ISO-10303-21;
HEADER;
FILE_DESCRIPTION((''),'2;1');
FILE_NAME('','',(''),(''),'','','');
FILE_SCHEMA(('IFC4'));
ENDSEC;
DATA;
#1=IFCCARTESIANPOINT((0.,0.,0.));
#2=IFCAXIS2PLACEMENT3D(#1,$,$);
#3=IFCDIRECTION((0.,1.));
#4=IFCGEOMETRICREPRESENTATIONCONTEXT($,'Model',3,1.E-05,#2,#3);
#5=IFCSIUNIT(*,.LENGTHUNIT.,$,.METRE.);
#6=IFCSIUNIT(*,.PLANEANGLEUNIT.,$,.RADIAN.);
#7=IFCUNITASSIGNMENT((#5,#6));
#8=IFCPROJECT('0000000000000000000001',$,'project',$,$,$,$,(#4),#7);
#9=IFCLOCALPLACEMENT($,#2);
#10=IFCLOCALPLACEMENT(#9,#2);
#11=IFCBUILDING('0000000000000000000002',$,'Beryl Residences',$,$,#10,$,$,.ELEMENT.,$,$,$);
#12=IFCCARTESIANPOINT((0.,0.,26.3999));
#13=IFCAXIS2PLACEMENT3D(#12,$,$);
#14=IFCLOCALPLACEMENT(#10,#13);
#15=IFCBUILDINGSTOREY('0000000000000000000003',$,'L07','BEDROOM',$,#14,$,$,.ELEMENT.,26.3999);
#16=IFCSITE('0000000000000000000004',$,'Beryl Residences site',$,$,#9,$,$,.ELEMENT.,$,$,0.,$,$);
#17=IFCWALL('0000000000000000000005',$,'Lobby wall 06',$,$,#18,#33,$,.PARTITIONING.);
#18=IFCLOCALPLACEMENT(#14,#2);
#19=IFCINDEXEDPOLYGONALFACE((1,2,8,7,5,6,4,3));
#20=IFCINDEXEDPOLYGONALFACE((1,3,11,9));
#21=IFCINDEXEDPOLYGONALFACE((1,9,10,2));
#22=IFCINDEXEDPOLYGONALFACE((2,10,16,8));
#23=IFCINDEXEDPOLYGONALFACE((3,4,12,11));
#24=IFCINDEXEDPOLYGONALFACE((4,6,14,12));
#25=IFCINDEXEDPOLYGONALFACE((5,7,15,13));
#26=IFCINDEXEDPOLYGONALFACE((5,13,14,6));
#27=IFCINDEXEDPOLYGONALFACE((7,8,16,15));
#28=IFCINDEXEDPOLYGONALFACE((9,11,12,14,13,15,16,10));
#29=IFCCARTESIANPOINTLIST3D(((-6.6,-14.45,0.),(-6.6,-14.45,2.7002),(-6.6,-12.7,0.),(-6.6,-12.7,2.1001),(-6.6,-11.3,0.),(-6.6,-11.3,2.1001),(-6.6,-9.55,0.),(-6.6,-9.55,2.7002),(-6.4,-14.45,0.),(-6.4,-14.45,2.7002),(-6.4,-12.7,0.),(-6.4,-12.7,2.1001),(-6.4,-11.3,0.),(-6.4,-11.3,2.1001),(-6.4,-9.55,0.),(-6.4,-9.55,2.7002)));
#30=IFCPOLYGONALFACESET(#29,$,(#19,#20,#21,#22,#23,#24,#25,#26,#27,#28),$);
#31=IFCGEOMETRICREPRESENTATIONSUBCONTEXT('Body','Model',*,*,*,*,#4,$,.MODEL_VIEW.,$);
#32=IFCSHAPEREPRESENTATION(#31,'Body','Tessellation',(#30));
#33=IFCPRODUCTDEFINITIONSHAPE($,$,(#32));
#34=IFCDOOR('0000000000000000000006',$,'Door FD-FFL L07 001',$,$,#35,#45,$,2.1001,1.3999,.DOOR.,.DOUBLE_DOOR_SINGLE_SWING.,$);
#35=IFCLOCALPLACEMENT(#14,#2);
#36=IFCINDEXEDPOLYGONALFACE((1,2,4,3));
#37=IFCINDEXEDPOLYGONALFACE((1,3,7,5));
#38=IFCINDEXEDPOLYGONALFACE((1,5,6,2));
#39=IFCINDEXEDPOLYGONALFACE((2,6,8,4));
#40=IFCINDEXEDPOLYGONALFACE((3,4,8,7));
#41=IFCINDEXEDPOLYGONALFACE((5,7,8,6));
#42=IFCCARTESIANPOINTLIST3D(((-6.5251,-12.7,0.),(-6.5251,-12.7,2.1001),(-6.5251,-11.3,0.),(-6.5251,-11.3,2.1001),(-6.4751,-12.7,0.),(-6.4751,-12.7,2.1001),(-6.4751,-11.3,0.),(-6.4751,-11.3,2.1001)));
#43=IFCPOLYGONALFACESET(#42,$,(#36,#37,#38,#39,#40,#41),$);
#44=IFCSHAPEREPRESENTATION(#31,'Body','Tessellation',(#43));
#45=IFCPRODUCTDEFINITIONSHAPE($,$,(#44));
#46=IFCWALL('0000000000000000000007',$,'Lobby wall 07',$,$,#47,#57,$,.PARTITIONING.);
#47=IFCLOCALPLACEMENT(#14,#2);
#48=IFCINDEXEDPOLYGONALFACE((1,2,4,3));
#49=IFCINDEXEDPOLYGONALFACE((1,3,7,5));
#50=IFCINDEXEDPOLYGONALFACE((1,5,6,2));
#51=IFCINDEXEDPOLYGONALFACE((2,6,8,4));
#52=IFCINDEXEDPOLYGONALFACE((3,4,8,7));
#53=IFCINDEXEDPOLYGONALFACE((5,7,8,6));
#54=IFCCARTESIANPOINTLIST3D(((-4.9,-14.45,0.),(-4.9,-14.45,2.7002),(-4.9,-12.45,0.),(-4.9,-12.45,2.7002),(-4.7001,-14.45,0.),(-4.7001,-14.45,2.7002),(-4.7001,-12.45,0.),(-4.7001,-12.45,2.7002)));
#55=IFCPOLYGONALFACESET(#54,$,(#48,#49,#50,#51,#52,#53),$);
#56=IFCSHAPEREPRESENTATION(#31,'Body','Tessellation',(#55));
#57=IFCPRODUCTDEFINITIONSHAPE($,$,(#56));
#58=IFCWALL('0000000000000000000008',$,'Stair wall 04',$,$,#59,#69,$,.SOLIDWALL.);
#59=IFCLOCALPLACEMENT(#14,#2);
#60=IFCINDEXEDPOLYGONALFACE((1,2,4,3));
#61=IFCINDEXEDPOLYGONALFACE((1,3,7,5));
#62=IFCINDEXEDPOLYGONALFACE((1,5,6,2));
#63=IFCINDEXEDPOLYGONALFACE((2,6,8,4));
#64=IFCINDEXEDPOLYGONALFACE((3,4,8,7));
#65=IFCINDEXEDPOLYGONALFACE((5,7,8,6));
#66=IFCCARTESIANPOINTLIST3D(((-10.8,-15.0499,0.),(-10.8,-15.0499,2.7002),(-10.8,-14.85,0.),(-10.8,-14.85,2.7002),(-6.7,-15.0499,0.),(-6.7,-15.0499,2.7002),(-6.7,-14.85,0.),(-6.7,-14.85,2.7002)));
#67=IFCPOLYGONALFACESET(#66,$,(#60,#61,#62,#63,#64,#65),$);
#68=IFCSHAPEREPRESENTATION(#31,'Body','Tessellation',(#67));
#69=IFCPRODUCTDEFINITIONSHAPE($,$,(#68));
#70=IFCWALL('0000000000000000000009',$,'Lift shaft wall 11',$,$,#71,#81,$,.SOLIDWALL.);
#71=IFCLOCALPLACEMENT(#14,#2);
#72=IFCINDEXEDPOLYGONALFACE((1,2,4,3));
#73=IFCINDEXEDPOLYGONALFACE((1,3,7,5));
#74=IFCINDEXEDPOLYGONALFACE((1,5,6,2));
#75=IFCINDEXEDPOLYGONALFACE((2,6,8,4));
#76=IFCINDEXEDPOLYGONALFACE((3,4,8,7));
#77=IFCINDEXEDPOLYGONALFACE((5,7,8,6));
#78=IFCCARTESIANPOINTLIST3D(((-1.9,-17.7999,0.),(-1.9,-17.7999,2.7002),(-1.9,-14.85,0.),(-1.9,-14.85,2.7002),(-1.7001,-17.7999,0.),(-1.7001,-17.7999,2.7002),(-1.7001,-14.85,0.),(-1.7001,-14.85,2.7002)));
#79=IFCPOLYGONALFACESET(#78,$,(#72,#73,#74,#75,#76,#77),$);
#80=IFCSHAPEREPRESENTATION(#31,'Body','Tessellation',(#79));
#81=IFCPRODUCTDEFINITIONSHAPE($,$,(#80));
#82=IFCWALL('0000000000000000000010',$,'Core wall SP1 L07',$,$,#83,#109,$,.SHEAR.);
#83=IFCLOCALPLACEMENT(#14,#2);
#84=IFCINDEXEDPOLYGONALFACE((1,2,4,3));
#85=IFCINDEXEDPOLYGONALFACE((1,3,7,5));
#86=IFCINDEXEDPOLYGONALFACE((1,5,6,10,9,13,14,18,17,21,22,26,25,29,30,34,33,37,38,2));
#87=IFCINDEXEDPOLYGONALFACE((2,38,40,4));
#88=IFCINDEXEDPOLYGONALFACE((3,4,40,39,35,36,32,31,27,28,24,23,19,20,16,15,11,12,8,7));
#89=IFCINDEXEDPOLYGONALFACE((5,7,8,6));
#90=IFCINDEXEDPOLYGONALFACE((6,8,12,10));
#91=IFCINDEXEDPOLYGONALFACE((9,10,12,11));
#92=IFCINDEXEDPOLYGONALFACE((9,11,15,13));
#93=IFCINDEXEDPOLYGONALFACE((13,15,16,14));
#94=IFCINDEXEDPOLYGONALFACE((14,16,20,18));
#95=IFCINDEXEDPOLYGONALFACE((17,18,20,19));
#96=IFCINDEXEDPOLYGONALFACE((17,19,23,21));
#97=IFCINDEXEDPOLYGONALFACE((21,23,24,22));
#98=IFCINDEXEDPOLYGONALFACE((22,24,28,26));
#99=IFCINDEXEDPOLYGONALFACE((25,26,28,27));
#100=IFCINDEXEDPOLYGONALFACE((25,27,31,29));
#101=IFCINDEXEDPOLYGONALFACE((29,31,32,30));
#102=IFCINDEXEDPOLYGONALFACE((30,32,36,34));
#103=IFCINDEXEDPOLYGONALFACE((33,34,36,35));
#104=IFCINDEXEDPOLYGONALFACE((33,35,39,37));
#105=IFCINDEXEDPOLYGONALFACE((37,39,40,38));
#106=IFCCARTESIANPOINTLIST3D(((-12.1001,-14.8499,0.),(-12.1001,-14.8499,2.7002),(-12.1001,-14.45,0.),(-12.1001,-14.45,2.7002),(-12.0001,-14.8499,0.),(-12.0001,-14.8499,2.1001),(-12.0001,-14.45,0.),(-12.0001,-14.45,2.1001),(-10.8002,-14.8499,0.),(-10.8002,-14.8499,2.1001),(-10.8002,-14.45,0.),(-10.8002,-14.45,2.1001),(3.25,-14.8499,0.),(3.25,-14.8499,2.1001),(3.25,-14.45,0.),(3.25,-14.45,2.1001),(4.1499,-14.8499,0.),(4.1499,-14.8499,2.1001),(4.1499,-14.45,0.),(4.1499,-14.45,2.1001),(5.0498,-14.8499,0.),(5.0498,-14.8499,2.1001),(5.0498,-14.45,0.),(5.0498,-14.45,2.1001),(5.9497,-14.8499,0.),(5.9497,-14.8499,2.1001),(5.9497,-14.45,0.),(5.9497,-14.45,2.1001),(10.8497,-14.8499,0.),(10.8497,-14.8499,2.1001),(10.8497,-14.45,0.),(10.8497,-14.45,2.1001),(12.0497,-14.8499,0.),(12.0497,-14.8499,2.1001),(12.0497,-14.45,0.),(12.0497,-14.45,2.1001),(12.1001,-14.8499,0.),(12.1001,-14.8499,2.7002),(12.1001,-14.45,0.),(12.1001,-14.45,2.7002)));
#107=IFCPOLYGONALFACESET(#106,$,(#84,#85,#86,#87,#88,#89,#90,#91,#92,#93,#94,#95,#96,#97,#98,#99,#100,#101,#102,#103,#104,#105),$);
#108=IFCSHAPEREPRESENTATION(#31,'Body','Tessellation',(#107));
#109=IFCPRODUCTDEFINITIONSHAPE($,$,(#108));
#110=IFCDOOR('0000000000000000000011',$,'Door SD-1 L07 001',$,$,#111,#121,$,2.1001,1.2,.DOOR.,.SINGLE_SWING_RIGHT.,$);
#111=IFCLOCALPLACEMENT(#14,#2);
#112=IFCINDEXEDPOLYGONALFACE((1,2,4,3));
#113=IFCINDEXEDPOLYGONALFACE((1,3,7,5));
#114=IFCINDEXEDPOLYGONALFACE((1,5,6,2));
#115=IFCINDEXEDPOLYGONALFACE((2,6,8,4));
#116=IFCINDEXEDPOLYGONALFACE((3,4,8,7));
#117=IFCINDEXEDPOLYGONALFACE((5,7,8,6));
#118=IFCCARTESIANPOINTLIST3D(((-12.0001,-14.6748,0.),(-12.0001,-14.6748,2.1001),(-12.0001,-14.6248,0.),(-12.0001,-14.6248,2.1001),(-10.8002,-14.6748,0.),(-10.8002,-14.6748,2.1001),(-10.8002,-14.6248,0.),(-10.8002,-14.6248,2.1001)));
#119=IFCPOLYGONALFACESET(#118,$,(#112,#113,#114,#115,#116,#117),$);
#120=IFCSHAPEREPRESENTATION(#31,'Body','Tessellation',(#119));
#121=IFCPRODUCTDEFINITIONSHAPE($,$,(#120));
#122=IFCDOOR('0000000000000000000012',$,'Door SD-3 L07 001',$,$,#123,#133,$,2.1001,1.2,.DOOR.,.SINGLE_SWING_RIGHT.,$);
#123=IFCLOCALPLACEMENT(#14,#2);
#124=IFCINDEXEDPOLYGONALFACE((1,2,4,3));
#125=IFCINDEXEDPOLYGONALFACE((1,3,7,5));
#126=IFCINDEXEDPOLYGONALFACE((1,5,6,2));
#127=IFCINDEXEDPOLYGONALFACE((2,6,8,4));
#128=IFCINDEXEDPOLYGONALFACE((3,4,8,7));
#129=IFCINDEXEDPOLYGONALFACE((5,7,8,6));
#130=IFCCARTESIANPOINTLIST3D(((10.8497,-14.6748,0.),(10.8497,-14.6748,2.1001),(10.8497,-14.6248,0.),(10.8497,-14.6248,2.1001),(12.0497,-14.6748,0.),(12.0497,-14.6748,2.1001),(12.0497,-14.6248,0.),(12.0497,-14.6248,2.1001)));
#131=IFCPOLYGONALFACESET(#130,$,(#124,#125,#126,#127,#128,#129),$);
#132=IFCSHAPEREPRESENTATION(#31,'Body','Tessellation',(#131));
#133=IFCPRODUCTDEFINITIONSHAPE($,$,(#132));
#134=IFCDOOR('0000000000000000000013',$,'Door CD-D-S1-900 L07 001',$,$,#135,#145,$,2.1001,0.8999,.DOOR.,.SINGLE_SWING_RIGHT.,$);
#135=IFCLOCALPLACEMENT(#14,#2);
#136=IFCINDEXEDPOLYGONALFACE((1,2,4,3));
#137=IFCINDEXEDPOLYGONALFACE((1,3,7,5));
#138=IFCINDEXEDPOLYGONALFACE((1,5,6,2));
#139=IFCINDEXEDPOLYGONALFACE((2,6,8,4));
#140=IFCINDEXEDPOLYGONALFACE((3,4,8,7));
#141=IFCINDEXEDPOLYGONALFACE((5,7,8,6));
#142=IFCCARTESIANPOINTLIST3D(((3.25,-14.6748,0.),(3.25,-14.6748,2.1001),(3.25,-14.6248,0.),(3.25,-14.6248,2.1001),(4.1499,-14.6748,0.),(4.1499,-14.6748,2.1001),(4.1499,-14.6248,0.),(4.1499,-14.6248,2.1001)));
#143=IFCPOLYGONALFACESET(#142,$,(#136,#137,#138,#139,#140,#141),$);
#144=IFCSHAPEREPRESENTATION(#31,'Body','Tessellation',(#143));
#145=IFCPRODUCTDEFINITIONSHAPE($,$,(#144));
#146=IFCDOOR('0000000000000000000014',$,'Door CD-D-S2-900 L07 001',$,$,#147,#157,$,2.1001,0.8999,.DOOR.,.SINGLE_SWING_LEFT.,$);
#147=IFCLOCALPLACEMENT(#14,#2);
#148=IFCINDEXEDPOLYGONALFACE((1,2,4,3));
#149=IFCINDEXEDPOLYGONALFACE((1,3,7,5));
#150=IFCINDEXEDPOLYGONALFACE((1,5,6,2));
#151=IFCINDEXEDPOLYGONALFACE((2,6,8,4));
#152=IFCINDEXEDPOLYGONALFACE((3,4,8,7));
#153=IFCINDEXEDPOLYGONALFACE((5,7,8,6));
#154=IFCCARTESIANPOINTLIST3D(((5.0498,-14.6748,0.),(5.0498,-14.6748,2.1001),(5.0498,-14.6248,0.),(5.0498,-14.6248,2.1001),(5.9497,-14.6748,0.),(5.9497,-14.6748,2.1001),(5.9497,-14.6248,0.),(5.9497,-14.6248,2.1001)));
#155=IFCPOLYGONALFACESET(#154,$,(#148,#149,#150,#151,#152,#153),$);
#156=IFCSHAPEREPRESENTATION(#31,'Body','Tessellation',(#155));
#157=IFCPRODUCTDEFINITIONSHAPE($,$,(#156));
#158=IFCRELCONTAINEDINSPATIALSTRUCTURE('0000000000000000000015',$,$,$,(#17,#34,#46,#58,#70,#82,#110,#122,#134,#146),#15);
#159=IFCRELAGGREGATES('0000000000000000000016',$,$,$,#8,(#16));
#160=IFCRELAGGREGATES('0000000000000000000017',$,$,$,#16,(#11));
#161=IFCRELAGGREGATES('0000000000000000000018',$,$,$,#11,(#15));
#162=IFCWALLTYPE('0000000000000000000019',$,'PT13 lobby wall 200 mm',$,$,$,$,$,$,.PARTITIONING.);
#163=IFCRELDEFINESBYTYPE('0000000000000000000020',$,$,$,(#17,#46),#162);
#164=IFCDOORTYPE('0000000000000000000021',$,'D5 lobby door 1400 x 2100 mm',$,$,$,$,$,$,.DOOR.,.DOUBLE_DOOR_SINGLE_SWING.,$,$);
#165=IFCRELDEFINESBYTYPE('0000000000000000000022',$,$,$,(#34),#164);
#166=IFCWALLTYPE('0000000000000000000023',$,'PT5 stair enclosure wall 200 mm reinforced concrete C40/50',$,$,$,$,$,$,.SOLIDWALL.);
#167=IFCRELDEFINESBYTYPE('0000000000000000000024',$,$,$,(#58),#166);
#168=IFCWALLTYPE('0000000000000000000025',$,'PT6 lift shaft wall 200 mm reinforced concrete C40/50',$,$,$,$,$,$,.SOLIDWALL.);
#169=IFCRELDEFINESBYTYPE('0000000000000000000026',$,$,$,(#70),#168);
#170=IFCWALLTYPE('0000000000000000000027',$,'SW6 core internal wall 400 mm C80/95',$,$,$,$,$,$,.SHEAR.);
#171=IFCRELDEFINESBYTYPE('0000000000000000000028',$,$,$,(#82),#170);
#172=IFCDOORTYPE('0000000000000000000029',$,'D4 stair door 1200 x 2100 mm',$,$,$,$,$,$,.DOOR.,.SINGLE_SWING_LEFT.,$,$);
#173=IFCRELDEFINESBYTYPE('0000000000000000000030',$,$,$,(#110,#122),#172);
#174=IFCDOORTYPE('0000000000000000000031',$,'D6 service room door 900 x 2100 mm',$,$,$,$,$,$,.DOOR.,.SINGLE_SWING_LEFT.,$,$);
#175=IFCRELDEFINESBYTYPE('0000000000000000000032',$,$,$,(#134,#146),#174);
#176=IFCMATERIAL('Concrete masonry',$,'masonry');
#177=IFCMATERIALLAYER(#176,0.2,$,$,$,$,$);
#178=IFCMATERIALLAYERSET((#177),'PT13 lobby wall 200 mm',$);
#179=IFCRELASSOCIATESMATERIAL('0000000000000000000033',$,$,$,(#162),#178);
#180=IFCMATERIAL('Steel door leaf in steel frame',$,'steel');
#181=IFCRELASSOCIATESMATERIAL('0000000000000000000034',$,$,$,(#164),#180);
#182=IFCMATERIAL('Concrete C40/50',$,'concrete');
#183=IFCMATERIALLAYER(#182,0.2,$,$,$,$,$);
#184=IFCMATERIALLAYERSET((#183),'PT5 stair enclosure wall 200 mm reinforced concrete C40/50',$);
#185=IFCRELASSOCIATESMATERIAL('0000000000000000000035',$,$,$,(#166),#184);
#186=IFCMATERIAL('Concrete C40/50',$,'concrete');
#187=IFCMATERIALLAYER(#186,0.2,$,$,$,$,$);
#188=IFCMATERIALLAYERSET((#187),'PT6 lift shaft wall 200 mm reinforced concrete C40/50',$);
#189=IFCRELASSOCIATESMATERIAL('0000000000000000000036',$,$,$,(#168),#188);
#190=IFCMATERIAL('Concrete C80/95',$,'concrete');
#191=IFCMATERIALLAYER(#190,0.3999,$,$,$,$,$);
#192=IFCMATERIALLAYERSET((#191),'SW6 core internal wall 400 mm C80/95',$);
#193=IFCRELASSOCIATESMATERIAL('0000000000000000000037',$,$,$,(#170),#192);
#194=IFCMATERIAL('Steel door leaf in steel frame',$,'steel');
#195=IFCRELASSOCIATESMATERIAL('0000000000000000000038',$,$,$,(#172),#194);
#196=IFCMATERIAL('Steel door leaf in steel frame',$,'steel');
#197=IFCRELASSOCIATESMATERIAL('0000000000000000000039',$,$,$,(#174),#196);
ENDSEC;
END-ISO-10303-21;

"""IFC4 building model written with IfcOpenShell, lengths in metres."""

from ifc_helpers import new_model, si_unit, direction, frame, frame_2d, origin, place, context, subcontext, project, spatial, rectangle, extrude, material, layer, layer_set, type_object, element, fill, save


model = new_model("IFC4")

# Units and contexts
model_context = context("Model", 3, precision=1e-05, world=origin(), true_north=direction((0.0, 1.0)))
body_context = subcontext(model_context, "Body", "Model", "MODEL_VIEW")
ifc_project = project(units=[si_unit("LENGTHUNIT", "METRE"), si_unit("PLANEANGLEUNIT", "RADIAN")], contexts=[model_context])

# Site, building, storey
site_placement = place(None, origin())
site = spatial("IfcSite", under=ifc_project, at=site_placement, Name="Beryl Residences site", CompositionType="ELEMENT", RefElevation=0.0)
building_placement = place(site_placement, origin())
building = spatial("IfcBuilding", under=site, at=building_placement, Name="Beryl Residences", CompositionType="ELEMENT")
storey_placement = place(building_placement, frame((0.0, 0.0, 26.3999)))
storey = spatial("IfcBuildingStorey", under=building, at=storey_placement, Name="L07", Description="BEDROOM", CompositionType="ELEMENT", Elevation=26.3999)

# Wall, opening, door
ifc_material_1 = material(Name="Concrete masonry", Category="masonry")
ifc_layer_1 = layer(ifc_material_1, 0.2)
ifc_layer_set_1 = layer_set([ifc_layer_1], Name="PT13 lobby wall 200 mm")
wall_type_1 = type_object("IfcWallType", Name="PT13 lobby wall 200 mm", PredefinedType="PARTITIONING", material=ifc_layer_set_1)
wall_1_placement = place(storey_placement, frame((-6.5, -14.45, 0.0), z_axis=(0.0, 0.0, 1.0), x_axis=(0.0, 1.0, 0.0)))
wall_1 = element("IfcWall", 1, at=wall_1_placement, inside=storey, type_object=wall_type_1, Name="Lobby wall 06", PredefinedType="PARTITIONING", context=body_context, shape_type="SweptSolid", body=[
    extrude(rectangle(XDim=4.8999, YDim=0.2, at=frame_2d((2.45, 0.0))), origin(), (0.0, 0.0, 1.0), 2.7002),
])
opening_1_placement = place(wall_1_placement, frame((3.1499, 0.0, 0.0), z_axis=(0.0, 0.0, 1.0), x_axis=(-1.0, 0.0, 0.0)))
opening_1 = element("IfcOpeningElement", 2, at=opening_1_placement, cuts=wall_1, PredefinedType="OPENING", context=body_context, shape_type="SweptSolid", body=[
    extrude(rectangle(XDim=1.3999, YDim=2.1001, at=frame_2d((0.7, 1.05))), frame((0.0, 0.1099, 0.0), z_axis=(0.0, -1.0, 0.0), x_axis=(1.0, 0.0, 0.0)), (0.0, 0.0, 1.0), 0.22),
])
ifc_material_2 = material(Name="Steel door leaf in steel frame", Category="steel")
door_type_1 = type_object("IfcDoorType", Name="D5 lobby door 1400 x 2100 mm", OperationType="DOUBLE_DOOR_SINGLE_SWING", PredefinedType="DOOR", material=ifc_material_2)
door_1_placement = place(opening_1_placement, origin())
door_1 = element("IfcDoor", 3, at=door_1_placement, inside=storey, type_object=door_type_1, Name="Door FD-FFL L07 001", OperationType="DOUBLE_DOOR_SINGLE_SWING", OverallHeight=2.1001, OverallWidth=1.3999, PredefinedType="DOOR", context=body_context, shape_type="SweptSolid", body=[
    extrude(rectangle(XDim=1.3999, YDim=2.1001, at=frame_2d((0.7, 1.05))), frame((0.0, 0.0249, 0.0), z_axis=(0.0, -1.0, 0.0), x_axis=(1.0, 0.0, 0.0)), (0.0, 0.0, 1.0), 0.05),
])
fill(opening_1, door_1)

# Walls
wall_2_placement = place(storey_placement, frame((-4.8, -14.45, 0.0), z_axis=(0.0, 0.0, 1.0), x_axis=(0.0, 1.0, 0.0)))
element("IfcWall", 4, at=wall_2_placement, inside=storey, type_object=wall_type_1, Name="Lobby wall 07", PredefinedType="PARTITIONING", context=body_context, shape_type="SweptSolid", body=[
    extrude(rectangle(XDim=2.0, YDim=0.2, at=frame_2d((1.0, 0.0))), origin(), (0.0, 0.0, 1.0), 2.7002),
])
ifc_material_3 = material(Name="Concrete C40/50", Category="concrete")
ifc_layer_2 = layer(ifc_material_3, 0.2)
ifc_layer_set_2 = layer_set([ifc_layer_2], Name="PT5 stair enclosure wall 200 mm reinforced concrete C40/50")
wall_type_2 = type_object("IfcWallType", Name="PT5 stair enclosure wall 200 mm reinforced concrete C40/50", PredefinedType="SOLIDWALL", material=ifc_layer_set_2)
wall_3_placement = place(storey_placement, frame((-10.8, -14.95, 0.0), z_axis=(0.0, 0.0, 1.0), x_axis=(1.0, 0.0, 0.0)))
element("IfcWall", 5, at=wall_3_placement, inside=storey, type_object=wall_type_2, Name="Stair wall 04", PredefinedType="SOLIDWALL", context=body_context, shape_type="SweptSolid", body=[
    extrude(rectangle(XDim=4.1001, YDim=0.2, at=frame_2d((2.05, 0.0))), origin(), (0.0, 0.0, 1.0), 2.7002),
])
ifc_material_4 = material(Name="Concrete C40/50", Category="concrete")
ifc_layer_3 = layer(ifc_material_4, 0.2)
ifc_layer_set_3 = layer_set([ifc_layer_3], Name="PT6 lift shaft wall 200 mm reinforced concrete C40/50")
wall_type_3 = type_object("IfcWallType", Name="PT6 lift shaft wall 200 mm reinforced concrete C40/50", PredefinedType="SOLIDWALL", material=ifc_layer_set_3)
wall_4_placement = place(storey_placement, frame((-1.8, -17.8, 0.0), z_axis=(0.0, 0.0, 1.0), x_axis=(0.0, 1.0, 0.0)))
element("IfcWall", 6, at=wall_4_placement, inside=storey, type_object=wall_type_3, Name="Lift shaft wall 11", PredefinedType="SOLIDWALL", context=body_context, shape_type="SweptSolid", body=[
    extrude(rectangle(XDim=2.95, YDim=0.2, at=frame_2d((1.4751, 0.0))), origin(), (0.0, 0.0, 1.0), 2.7002),
])

# Wall, openings, doors
ifc_material_5 = material(Name="Concrete C80/95", Category="concrete")
ifc_layer_4 = layer(ifc_material_5, 0.3999)
ifc_layer_set_4 = layer_set([ifc_layer_4], Name="SW6 core internal wall 400 mm C80/95")
wall_type_4 = type_object("IfcWallType", Name="SW6 core internal wall 400 mm C80/95", PredefinedType="SHEAR", material=ifc_layer_set_4)
wall_5_placement = place(storey_placement, frame((-12.1001, -14.6499, 0.0), z_axis=(0.0, 0.0, 1.0), x_axis=(1.0, 0.0, 0.0)))
wall_5 = element("IfcWall", 7, at=wall_5_placement, inside=storey, type_object=wall_type_4, Name="Core wall SP1 L07", PredefinedType="SHEAR", context=body_context, shape_type="SweptSolid", body=[
    extrude(rectangle(XDim=24.2002, YDim=0.3999, at=frame_2d((12.1001, 0.0))), origin(), (0.0, 0.0, 1.0), 2.7002),
])
opening_2_placement = place(wall_5_placement, frame((1.3, 0.0, 0.0), z_axis=(0.0, 0.0, 1.0), x_axis=(-1.0, 0.0, 0.0)))
opening_2 = element("IfcOpeningElement", 8, at=opening_2_placement, cuts=wall_5, PredefinedType="OPENING", context=body_context, shape_type="SweptSolid", body=[
    extrude(rectangle(XDim=1.2, YDim=2.1001, at=frame_2d((0.6001, 1.05))), frame((0.0, 0.21, 0.0), z_axis=(0.0, -1.0, 0.0), x_axis=(1.0, 0.0, 0.0)), (0.0, 0.0, 1.0), 0.4199),
])
opening_3_placement = place(wall_5_placement, frame((24.1499, 0.0, 0.0), z_axis=(0.0, 0.0, 1.0), x_axis=(-1.0, 0.0, 0.0)))
opening_3 = element("IfcOpeningElement", 9, at=opening_3_placement, cuts=wall_5, PredefinedType="OPENING", context=body_context, shape_type="SweptSolid", body=[
    extrude(rectangle(XDim=1.2, YDim=2.1001, at=frame_2d((0.6001, 1.05))), frame((0.0, 0.21, 0.0), z_axis=(0.0, -1.0, 0.0), x_axis=(1.0, 0.0, 0.0)), (0.0, 0.0, 1.0), 0.4199),
])
opening_4_placement = place(wall_5_placement, frame((16.25, 0.0, 0.0), z_axis=(0.0, 0.0, 1.0), x_axis=(-1.0, 0.0, 0.0)))
opening_4 = element("IfcOpeningElement", 10, at=opening_4_placement, cuts=wall_5, PredefinedType="OPENING", context=body_context, shape_type="SweptSolid", body=[
    extrude(rectangle(XDim=0.8999, YDim=2.1001, at=frame_2d((0.45, 1.05))), frame((0.0, 0.21, 0.0), z_axis=(0.0, -1.0, 0.0), x_axis=(1.0, 0.0, 0.0)), (0.0, 0.0, 1.0), 0.4199),
])
opening_5_placement = place(wall_5_placement, frame((18.0498, 0.0, 0.0), z_axis=(0.0, 0.0, 1.0), x_axis=(-1.0, 0.0, 0.0)))
opening_5 = element("IfcOpeningElement", 11, at=opening_5_placement, cuts=wall_5, PredefinedType="OPENING", context=body_context, shape_type="SweptSolid", body=[
    extrude(rectangle(XDim=0.8999, YDim=2.1001, at=frame_2d((0.45, 1.05))), frame((0.0, 0.21, 0.0), z_axis=(0.0, -1.0, 0.0), x_axis=(1.0, 0.0, 0.0)), (0.0, 0.0, 1.0), 0.4199),
])
ifc_material_6 = material(Name="Steel door leaf in steel frame", Category="steel")
door_type_2 = type_object("IfcDoorType", Name="D4 stair door 1200 x 2100 mm", OperationType="SINGLE_SWING_LEFT", PredefinedType="DOOR", material=ifc_material_6)
door_2_placement = place(opening_2_placement, origin())
door_2 = element("IfcDoor", 12, at=door_2_placement, inside=storey, type_object=door_type_2, Name="Door SD-1 L07 001", OperationType="SINGLE_SWING_RIGHT", OverallHeight=2.1001, OverallWidth=1.2, PredefinedType="DOOR", context=body_context, shape_type="SweptSolid", body=[
    extrude(rectangle(XDim=1.2, YDim=2.1001, at=frame_2d((0.6001, 1.05))), frame((0.0, 0.0249, 0.0), z_axis=(0.0, -1.0, 0.0), x_axis=(1.0, 0.0, 0.0)), (0.0, 0.0, 1.0), 0.05),
])
fill(opening_2, door_2)
door_3_placement = place(opening_3_placement, origin())
door_3 = element("IfcDoor", 13, at=door_3_placement, inside=storey, type_object=door_type_2, Name="Door SD-3 L07 001", OperationType="SINGLE_SWING_RIGHT", OverallHeight=2.1001, OverallWidth=1.2, PredefinedType="DOOR", context=body_context, shape_type="SweptSolid", body=[
    extrude(rectangle(XDim=1.2, YDim=2.1001, at=frame_2d((0.6001, 1.05))), frame((0.0, 0.0249, 0.0), z_axis=(0.0, -1.0, 0.0), x_axis=(1.0, 0.0, 0.0)), (0.0, 0.0, 1.0), 0.05),
])
fill(opening_3, door_3)
ifc_material_7 = material(Name="Steel door leaf in steel frame", Category="steel")
door_type_3 = type_object("IfcDoorType", Name="D6 service room door 900 x 2100 mm", OperationType="SINGLE_SWING_LEFT", PredefinedType="DOOR", material=ifc_material_7)
door_4_placement = place(opening_4_placement, origin())
door_4 = element("IfcDoor", 14, at=door_4_placement, inside=storey, type_object=door_type_3, Name="Door CD-D-S1-900 L07 001", OperationType="SINGLE_SWING_RIGHT", OverallHeight=2.1001, OverallWidth=0.8999, PredefinedType="DOOR", context=body_context, shape_type="SweptSolid", body=[
    extrude(rectangle(XDim=0.8999, YDim=2.1001, at=frame_2d((0.45, 1.05))), frame((0.0, 0.0249, 0.0), z_axis=(0.0, -1.0, 0.0), x_axis=(1.0, 0.0, 0.0)), (0.0, 0.0, 1.0), 0.05),
])
fill(opening_4, door_4)
door_5_placement = place(opening_5_placement, origin())
door_5 = element("IfcDoor", 15, at=door_5_placement, inside=storey, type_object=door_type_3, Name="Door CD-D-S2-900 L07 001", OperationType="SINGLE_SWING_LEFT", OverallHeight=2.1001, OverallWidth=0.8999, PredefinedType="DOOR", context=body_context, shape_type="SweptSolid", body=[
    extrude(rectangle(XDim=0.8999, YDim=2.1001, at=frame_2d((0.45, 1.05))), frame((0.0, 0.0249, 0.0), z_axis=(0.0, -1.0, 0.0), x_axis=(1.0, 0.0, 0.0)), (0.0, 0.0, 1.0), 0.05),
])
fill(opening_5, door_5)

save(model, "model.ifc")
